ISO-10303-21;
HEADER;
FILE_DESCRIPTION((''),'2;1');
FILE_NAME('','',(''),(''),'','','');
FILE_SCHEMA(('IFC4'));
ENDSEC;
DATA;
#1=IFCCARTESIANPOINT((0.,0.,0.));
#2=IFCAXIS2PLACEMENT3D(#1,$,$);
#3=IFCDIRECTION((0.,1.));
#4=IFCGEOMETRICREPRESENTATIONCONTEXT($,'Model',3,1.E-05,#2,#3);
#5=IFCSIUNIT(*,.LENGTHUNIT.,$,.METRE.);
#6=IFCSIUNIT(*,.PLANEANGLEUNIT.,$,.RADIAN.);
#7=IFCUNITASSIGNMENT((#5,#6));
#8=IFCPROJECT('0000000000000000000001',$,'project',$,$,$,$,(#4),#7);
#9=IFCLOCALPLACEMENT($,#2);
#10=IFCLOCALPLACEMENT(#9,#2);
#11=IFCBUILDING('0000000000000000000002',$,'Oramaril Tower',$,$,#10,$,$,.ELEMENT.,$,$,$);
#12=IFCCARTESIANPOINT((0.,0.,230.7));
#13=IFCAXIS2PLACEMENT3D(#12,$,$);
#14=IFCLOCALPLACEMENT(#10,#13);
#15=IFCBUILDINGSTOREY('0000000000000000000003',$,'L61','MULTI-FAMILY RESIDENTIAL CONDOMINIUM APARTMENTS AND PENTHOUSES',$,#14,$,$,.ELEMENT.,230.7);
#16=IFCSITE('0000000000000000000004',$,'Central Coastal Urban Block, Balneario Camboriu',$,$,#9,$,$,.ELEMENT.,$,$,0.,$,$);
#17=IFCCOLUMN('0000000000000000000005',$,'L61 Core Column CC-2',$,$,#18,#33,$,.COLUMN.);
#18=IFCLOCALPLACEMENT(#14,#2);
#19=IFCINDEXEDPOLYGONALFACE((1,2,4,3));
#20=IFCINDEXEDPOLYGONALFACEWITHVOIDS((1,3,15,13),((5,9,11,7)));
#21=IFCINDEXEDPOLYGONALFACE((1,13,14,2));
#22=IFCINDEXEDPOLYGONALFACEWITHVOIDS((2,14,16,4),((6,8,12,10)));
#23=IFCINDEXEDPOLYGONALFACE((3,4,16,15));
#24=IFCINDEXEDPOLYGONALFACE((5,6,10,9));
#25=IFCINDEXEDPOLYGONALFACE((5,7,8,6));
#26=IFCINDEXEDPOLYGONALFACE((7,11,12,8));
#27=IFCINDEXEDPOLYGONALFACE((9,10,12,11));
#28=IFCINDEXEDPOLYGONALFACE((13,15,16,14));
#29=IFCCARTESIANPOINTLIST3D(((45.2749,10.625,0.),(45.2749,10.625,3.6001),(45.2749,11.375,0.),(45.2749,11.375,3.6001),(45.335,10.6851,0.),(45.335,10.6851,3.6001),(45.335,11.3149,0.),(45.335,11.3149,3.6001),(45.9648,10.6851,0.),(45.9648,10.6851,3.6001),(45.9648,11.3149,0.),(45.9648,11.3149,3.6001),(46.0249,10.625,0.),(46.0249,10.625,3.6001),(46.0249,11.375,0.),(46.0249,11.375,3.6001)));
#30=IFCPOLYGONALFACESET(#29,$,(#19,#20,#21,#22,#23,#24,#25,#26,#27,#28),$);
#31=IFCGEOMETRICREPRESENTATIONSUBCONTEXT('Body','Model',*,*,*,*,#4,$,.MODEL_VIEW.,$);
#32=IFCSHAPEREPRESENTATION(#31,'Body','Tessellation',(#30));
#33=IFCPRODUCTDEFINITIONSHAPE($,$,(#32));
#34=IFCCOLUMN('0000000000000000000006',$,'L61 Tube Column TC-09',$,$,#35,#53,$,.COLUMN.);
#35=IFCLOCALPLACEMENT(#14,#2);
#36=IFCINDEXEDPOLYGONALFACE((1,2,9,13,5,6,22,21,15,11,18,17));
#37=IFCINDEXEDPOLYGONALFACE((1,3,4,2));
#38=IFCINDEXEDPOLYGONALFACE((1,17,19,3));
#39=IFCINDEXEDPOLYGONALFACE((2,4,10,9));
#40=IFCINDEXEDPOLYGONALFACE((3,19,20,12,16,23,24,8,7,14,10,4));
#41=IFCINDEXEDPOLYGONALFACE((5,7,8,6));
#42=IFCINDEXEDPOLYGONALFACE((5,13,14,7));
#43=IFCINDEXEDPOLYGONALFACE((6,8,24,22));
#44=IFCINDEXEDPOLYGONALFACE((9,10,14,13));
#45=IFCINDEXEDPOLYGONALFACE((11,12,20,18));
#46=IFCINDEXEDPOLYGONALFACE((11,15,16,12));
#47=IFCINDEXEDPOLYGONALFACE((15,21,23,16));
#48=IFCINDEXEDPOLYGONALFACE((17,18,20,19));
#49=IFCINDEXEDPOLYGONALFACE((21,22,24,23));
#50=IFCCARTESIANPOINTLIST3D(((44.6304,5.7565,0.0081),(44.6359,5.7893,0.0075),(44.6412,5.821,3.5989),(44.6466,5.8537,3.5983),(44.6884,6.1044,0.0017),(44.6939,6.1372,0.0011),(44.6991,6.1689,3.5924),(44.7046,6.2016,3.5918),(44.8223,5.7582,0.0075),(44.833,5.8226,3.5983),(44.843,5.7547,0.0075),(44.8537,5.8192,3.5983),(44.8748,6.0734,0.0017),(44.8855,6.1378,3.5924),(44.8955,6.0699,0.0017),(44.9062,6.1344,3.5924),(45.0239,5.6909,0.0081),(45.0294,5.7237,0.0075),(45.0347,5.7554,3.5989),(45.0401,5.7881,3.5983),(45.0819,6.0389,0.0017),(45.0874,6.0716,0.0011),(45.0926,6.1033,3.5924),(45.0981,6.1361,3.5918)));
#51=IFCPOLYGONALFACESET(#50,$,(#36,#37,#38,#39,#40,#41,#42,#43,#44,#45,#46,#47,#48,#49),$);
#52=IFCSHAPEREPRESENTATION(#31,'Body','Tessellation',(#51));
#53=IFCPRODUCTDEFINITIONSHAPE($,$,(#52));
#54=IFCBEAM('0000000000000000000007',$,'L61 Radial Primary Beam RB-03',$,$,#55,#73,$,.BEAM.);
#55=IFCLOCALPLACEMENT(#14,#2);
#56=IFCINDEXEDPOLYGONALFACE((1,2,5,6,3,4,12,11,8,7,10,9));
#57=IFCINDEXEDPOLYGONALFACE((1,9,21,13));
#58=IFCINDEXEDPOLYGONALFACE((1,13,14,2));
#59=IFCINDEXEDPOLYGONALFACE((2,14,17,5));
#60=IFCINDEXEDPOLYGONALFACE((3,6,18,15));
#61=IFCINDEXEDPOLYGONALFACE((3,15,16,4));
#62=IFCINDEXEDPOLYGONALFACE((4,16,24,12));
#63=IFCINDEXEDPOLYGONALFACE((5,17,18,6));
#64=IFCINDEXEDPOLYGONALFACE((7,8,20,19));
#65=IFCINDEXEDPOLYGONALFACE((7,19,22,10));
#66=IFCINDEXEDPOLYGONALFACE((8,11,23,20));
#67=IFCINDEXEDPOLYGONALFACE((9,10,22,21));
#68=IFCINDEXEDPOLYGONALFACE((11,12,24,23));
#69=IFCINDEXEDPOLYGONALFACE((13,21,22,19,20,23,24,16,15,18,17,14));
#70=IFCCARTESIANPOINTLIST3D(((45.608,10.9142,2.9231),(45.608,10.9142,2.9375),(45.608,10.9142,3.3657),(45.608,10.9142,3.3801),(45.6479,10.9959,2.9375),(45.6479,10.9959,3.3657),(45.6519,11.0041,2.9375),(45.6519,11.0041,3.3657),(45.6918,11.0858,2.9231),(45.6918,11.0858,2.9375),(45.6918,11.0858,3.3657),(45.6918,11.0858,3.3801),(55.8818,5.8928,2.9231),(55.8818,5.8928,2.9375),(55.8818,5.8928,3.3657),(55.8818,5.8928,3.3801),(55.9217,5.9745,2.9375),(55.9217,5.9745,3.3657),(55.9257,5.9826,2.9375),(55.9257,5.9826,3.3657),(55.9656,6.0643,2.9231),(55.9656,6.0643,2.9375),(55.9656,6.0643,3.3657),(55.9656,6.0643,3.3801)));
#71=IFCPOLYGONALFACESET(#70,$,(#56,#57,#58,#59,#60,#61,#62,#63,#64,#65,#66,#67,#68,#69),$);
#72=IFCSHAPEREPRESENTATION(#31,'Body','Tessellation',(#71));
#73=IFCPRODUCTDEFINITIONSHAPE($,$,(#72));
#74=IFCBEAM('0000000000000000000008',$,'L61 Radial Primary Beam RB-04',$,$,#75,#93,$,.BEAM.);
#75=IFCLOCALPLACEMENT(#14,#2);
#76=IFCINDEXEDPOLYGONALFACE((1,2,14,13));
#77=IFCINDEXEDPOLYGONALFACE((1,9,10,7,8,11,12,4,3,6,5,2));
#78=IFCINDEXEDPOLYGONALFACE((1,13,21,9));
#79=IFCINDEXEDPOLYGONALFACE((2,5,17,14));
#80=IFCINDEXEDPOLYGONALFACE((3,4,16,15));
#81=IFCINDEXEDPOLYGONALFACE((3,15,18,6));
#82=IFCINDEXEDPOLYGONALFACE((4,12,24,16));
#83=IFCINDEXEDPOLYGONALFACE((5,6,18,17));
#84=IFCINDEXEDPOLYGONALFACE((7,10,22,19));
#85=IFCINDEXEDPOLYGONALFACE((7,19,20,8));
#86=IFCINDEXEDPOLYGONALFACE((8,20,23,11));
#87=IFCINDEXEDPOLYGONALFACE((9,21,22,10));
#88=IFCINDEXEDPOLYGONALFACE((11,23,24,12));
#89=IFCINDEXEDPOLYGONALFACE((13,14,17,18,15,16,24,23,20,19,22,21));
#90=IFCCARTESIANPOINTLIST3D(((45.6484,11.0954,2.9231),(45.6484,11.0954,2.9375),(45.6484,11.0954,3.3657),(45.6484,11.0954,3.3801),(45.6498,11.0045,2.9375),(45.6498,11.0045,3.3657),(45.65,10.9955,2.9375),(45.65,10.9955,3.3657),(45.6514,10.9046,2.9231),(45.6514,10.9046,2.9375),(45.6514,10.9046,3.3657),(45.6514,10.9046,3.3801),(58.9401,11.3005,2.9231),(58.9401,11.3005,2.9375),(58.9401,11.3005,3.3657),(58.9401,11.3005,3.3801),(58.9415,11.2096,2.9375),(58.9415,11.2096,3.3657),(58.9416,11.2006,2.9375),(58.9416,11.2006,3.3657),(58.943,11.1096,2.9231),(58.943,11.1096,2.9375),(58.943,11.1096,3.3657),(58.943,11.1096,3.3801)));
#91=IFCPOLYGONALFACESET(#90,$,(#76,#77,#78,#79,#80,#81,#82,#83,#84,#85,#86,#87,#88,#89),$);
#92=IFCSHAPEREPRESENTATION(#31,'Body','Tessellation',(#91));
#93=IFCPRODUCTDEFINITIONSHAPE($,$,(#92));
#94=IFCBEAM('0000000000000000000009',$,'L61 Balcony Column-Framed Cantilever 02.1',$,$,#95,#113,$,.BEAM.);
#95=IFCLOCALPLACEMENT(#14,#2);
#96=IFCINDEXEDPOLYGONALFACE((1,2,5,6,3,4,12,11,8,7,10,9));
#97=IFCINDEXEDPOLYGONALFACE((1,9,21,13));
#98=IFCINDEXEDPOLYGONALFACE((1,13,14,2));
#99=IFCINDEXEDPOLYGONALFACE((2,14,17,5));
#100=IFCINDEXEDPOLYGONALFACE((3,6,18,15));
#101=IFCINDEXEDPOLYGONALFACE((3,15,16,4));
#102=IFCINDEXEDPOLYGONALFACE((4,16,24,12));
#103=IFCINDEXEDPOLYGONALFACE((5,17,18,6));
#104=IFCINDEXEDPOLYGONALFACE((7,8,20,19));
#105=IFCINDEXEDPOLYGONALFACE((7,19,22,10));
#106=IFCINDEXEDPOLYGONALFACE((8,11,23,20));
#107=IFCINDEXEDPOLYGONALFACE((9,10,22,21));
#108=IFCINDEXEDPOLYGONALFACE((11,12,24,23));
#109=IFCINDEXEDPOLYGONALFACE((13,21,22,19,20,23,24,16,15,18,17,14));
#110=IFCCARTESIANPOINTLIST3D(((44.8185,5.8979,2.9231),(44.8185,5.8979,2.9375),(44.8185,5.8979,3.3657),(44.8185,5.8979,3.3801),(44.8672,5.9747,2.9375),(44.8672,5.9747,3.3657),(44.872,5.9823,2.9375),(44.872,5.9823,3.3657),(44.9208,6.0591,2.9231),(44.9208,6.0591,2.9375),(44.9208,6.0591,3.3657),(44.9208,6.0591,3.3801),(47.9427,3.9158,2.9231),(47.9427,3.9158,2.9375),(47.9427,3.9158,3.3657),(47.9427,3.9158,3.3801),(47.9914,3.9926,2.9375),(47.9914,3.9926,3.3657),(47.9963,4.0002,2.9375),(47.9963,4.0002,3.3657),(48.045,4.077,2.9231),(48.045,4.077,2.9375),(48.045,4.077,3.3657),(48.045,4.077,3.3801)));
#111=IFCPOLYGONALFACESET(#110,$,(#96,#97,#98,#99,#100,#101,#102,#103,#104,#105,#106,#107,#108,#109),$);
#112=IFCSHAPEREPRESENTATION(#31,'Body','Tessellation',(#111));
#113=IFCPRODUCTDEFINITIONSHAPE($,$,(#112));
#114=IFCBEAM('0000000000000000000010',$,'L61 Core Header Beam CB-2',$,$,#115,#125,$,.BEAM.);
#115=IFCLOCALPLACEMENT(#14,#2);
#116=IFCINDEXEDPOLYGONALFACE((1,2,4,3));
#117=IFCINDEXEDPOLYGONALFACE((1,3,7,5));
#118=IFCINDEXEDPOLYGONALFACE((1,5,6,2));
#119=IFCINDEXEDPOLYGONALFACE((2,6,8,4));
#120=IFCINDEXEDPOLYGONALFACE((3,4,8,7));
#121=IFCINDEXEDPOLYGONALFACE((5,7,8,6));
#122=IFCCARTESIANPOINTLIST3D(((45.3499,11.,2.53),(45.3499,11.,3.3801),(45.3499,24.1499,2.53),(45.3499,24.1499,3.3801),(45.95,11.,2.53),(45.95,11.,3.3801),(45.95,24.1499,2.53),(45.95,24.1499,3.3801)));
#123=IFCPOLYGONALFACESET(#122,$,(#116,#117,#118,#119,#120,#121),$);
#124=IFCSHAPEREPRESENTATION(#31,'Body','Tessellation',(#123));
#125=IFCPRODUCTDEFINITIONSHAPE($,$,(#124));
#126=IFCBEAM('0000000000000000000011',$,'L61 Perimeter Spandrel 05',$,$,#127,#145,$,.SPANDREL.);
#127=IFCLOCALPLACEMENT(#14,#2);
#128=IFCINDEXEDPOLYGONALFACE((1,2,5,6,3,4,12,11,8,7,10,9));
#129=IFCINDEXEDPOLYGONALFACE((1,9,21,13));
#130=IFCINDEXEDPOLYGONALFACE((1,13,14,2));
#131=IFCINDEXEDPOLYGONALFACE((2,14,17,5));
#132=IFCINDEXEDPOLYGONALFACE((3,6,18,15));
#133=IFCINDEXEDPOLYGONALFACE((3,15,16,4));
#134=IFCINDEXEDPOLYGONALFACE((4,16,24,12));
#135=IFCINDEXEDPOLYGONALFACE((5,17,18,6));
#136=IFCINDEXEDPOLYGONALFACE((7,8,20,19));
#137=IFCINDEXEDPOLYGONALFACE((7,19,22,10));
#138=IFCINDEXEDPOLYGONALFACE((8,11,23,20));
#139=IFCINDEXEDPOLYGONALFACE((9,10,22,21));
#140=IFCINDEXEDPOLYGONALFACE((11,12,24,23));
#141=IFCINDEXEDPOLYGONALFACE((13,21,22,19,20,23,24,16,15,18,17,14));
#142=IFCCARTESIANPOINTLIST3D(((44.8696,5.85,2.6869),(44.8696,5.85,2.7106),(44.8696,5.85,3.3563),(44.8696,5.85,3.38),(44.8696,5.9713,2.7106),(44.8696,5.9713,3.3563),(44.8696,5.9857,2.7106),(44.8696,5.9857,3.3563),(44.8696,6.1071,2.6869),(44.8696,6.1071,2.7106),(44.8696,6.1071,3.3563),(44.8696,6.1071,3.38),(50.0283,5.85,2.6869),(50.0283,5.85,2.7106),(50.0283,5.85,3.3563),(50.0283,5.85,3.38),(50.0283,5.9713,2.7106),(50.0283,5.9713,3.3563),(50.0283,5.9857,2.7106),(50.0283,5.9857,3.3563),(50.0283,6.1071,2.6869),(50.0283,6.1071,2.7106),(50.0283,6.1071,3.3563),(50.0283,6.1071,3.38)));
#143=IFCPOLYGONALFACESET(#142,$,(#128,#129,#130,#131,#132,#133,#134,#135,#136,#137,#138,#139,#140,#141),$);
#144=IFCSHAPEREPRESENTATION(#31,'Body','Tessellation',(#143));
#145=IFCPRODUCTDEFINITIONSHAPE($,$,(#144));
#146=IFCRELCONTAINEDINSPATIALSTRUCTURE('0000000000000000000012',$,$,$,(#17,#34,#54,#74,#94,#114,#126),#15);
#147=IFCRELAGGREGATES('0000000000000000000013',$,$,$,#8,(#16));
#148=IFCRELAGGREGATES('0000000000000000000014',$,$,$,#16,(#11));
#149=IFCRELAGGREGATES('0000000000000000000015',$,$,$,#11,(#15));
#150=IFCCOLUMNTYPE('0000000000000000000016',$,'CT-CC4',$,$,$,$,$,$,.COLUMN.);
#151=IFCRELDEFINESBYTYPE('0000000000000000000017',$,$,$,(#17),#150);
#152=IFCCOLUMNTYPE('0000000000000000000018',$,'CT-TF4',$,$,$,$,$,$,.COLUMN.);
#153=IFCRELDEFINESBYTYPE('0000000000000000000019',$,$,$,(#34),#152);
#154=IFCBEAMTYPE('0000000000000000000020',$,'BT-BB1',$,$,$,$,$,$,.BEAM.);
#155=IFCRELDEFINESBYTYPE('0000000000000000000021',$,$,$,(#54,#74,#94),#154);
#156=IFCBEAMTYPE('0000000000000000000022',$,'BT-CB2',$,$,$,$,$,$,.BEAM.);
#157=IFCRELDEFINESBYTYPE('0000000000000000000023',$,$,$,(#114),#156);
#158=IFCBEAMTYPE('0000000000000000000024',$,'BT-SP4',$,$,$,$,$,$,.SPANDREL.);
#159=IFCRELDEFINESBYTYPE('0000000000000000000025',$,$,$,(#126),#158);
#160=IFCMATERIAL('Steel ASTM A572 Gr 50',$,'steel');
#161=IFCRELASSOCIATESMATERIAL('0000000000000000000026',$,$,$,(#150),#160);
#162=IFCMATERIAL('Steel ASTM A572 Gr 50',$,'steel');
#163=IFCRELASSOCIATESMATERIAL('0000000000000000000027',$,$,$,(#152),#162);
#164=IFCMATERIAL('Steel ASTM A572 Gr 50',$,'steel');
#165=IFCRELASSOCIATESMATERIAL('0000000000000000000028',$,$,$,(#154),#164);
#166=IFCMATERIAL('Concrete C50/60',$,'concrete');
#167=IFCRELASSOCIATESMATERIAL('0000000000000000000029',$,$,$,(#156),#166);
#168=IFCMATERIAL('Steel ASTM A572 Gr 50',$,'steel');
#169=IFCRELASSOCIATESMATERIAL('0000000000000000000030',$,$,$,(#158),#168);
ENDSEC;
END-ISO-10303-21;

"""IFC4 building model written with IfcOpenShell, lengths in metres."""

from ifc_helpers import new_model, si_unit, direction, frame, origin, origin_2d, place, context, subcontext, project, spatial, rectangle, hollow_rectangle, i_section, extrude, material, material_profile, profile_set, type_object, element, save


model = new_model("IFC4")

# Units and contexts
model_context = context("Model", 3, precision=1e-05, world=origin(), true_north=direction((0.0, 1.0)))
body_context = subcontext(model_context, "Body", "Model", "MODEL_VIEW")
ifc_project = project(units=[si_unit("LENGTHUNIT", "METRE"), si_unit("PLANEANGLEUNIT", "RADIAN")], contexts=[model_context])

# Site, building, storey
site_placement = place(None, origin())
site = spatial("IfcSite", under=ifc_project, at=site_placement, Name="Central Coastal Urban Block, Balneario Camboriu", CompositionType="ELEMENT", RefElevation=0.0)
building_placement = place(site_placement, origin())
building = spatial("IfcBuilding", under=site, at=building_placement, Name="Oramaril Tower", CompositionType="ELEMENT")
storey_placement = place(building_placement, frame((0.0, 0.0, 230.7)))
storey = spatial("IfcBuildingStorey", under=building, at=storey_placement, Name="L61", Description="MULTI-FAMILY RESIDENTIAL CONDOMINIUM APARTMENTS AND PENTHOUSES", CompositionType="ELEMENT", Elevation=230.7)

# Columns
ifc_material_1 = material(Name="Steel ASTM A572 Gr 50", Category="steel")
ifc_material_profile_1 = material_profile(ifc_material_1, hollow_rectangle(XDim=0.75, YDim=0.75, WallThickness=0.0601, at=origin_2d()), Name="BOX750X750X60")
ifc_profile_set_1 = profile_set([ifc_material_profile_1], Name="Steel ASTM A572 Gr 50")
column_type_1 = type_object("IfcColumnType", Name="CT-CC4", PredefinedType="COLUMN", material=ifc_profile_set_1)
column_1_placement = place(storey_placement, frame((45.6499, 11.0, 0.0), z_axis=(0.0, 0.0, 1.0), x_axis=(1.0, 0.0, 0.0)))
element("IfcColumn", 1, at=column_1_placement, inside=storey, type_object=column_type_1, Name="L61 Core Column CC-2", PredefinedType="COLUMN", context=body_context, shape_type="SweptSolid", body=[
    extrude(hollow_rectangle(XDim=0.75, YDim=0.75, WallThickness=0.0601, at=origin_2d()), origin(), (0.0, 0.0, 1.0), 3.6001),
])
ifc_material_2 = material(Name="Steel ASTM A572 Gr 50", Category="steel")
ifc_material_profile_2 = material_profile(ifc_material_2, i_section(OverallWidth=0.3989, OverallDepth=0.386, WebThickness=0.021, FlangeThickness=0.0332, at=origin_2d()), Name="W14X176")
ifc_profile_set_2 = profile_set([ifc_material_profile_2], Name="Steel ASTM A572 Gr 50")
column_type_2 = type_object("IfcColumnType", Name="CT-TF4", PredefinedType="COLUMN", material=ifc_profile_set_2)
column_2_placement = place(storey_placement, frame((44.8589, 5.9141, 0.0046), z_axis=(0.002991, 0.017946, 0.999834), x_axis=(-0.986394, 0.164399, 0.0)))
element("IfcColumn", 2, at=column_2_placement, inside=storey, type_object=column_type_2, Name="L61 Tube Column TC-09", PredefinedType="COLUMN", context=body_context, shape_type="SweptSolid", body=[
    extrude(i_section(OverallWidth=0.3989, OverallDepth=0.386, WebThickness=0.021, FlangeThickness=0.0332, at=origin_2d()), origin(), (0.0, 0.0, 1.0), 3.5913),
])

# Beams
ifc_material_3 = material(Name="Steel ASTM A572 Gr 50", Category="steel")
ifc_material_profile_3 = material_profile(ifc_material_3, i_section(OverallWidth=0.1909, OverallDepth=0.457, WebThickness=0.009, FlangeThickness=0.0144, at=origin_2d()), Name="W18X50")
ifc_profile_set_3 = profile_set([ifc_material_profile_3], Name="Steel ASTM A572 Gr 50")
beam_type_1 = type_object("IfcBeamType", Name="BT-BB1", PredefinedType="BEAM", material=ifc_profile_set_3)
beam_1_placement = place(storey_placement, frame((45.6499, 11.0, 3.1516), z_axis=(0.89843, -0.439117, 0.0), x_axis=(0.439117, 0.89843, 0.0)))
element("IfcBeam", 3, at=beam_1_placement, inside=storey, type_object=beam_type_1, Name="L61 Radial Primary Beam RB-03", PredefinedType="BEAM", context=body_context, shape_type="SweptSolid", body=[
    extrude(i_section(OverallWidth=0.1909, OverallDepth=0.457, WebThickness=0.009, FlangeThickness=0.0144, at=origin_2d()), origin(), (0.0, 0.0, 1.0), 11.4353),
])
beam_2_placement = place(storey_placement, frame((45.6499, 11.0, 3.1516), z_axis=(0.999881, 0.015427, 0.0), x_axis=(-0.015427, 0.999881, 0.0)))
element("IfcBeam", 4, at=beam_2_placement, inside=storey, type_object=beam_type_1, Name="L61 Radial Primary Beam RB-04", PredefinedType="BEAM", context=body_context, shape_type="SweptSolid", body=[
    extrude(i_section(OverallWidth=0.1909, OverallDepth=0.457, WebThickness=0.009, FlangeThickness=0.0144, at=origin_2d()), origin(), (0.0, 0.0, 1.0), 13.2932),
])
beam_3_placement = place(storey_placement, frame((44.8696, 5.9785, 3.1516), z_axis=(0.844394, -0.535722, 0.0), x_axis=(0.535722, 0.844394, 0.0)))
element("IfcBeam", 5, at=beam_3_placement, inside=storey, type_object=beam_type_1, Name="L61 Balcony Column-Framed Cantilever 02.1", PredefinedType="BEAM", context=body_context, shape_type="SweptSolid", body=[
    extrude(i_section(OverallWidth=0.1909, OverallDepth=0.457, WebThickness=0.009, FlangeThickness=0.0144, at=origin_2d()), origin(), (0.0, 0.0, 1.0), 3.7),
])
ifc_material_4 = material(Name="Concrete C50/60", Category="concrete")
ifc_material_profile_4 = material_profile(ifc_material_4, rectangle(XDim=0.6001, YDim=0.8501, at=origin_2d()), Name="CB600X850")
ifc_profile_set_4 = profile_set([ifc_material_profile_4], Name="Concrete C50/60")
beam_type_2 = type_object("IfcBeamType", Name="BT-CB2", PredefinedType="BEAM", material=ifc_profile_set_4)
beam_4_placement = place(storey_placement, frame((45.6499, 11.0, 2.9551), z_axis=(0.0, 1.0, 0.0), x_axis=(-1.0, 0.0, 0.0)))
element("IfcBeam", 6, at=beam_4_placement, inside=storey, type_object=beam_type_2, Name="L61 Core Header Beam CB-2", PredefinedType="BEAM", context=body_context, shape_type="SweptSolid", body=[
    extrude(rectangle(XDim=0.6001, YDim=0.8501, at=origin_2d()), origin(), (0.0, 0.0, 1.0), 13.1499),
])
ifc_material_5 = material(Name="Steel ASTM A572 Gr 50", Category="steel")
ifc_material_profile_5 = material_profile(ifc_material_5, i_section(OverallWidth=0.2571, OverallDepth=0.6931, WebThickness=0.0144, FlangeThickness=0.0237, at=origin_2d()), Name="W27X114")
ifc_profile_set_5 = profile_set([ifc_material_profile_5], Name="Steel ASTM A572 Gr 50")
beam_type_3 = type_object("IfcBeamType", Name="BT-SP4", PredefinedType="SPANDREL", material=ifc_profile_set_5)
beam_5_placement = place(storey_placement, frame((44.8696, 5.9785, 3.0334), z_axis=(1.0, 0.0, 0.0), x_axis=(0.0, 1.0, 0.0)))
element("IfcBeam", 7, at=beam_5_placement, inside=storey, type_object=beam_type_3, Name="L61 Perimeter Spandrel 05", PredefinedType="SPANDREL", context=body_context, shape_type="SweptSolid", body=[
    extrude(i_section(OverallWidth=0.2571, OverallDepth=0.6931, WebThickness=0.0144, FlangeThickness=0.0237, at=origin_2d()), origin(), (0.0, 0.0, 1.0), 5.1587),
])

save(model, "model.ifc")
